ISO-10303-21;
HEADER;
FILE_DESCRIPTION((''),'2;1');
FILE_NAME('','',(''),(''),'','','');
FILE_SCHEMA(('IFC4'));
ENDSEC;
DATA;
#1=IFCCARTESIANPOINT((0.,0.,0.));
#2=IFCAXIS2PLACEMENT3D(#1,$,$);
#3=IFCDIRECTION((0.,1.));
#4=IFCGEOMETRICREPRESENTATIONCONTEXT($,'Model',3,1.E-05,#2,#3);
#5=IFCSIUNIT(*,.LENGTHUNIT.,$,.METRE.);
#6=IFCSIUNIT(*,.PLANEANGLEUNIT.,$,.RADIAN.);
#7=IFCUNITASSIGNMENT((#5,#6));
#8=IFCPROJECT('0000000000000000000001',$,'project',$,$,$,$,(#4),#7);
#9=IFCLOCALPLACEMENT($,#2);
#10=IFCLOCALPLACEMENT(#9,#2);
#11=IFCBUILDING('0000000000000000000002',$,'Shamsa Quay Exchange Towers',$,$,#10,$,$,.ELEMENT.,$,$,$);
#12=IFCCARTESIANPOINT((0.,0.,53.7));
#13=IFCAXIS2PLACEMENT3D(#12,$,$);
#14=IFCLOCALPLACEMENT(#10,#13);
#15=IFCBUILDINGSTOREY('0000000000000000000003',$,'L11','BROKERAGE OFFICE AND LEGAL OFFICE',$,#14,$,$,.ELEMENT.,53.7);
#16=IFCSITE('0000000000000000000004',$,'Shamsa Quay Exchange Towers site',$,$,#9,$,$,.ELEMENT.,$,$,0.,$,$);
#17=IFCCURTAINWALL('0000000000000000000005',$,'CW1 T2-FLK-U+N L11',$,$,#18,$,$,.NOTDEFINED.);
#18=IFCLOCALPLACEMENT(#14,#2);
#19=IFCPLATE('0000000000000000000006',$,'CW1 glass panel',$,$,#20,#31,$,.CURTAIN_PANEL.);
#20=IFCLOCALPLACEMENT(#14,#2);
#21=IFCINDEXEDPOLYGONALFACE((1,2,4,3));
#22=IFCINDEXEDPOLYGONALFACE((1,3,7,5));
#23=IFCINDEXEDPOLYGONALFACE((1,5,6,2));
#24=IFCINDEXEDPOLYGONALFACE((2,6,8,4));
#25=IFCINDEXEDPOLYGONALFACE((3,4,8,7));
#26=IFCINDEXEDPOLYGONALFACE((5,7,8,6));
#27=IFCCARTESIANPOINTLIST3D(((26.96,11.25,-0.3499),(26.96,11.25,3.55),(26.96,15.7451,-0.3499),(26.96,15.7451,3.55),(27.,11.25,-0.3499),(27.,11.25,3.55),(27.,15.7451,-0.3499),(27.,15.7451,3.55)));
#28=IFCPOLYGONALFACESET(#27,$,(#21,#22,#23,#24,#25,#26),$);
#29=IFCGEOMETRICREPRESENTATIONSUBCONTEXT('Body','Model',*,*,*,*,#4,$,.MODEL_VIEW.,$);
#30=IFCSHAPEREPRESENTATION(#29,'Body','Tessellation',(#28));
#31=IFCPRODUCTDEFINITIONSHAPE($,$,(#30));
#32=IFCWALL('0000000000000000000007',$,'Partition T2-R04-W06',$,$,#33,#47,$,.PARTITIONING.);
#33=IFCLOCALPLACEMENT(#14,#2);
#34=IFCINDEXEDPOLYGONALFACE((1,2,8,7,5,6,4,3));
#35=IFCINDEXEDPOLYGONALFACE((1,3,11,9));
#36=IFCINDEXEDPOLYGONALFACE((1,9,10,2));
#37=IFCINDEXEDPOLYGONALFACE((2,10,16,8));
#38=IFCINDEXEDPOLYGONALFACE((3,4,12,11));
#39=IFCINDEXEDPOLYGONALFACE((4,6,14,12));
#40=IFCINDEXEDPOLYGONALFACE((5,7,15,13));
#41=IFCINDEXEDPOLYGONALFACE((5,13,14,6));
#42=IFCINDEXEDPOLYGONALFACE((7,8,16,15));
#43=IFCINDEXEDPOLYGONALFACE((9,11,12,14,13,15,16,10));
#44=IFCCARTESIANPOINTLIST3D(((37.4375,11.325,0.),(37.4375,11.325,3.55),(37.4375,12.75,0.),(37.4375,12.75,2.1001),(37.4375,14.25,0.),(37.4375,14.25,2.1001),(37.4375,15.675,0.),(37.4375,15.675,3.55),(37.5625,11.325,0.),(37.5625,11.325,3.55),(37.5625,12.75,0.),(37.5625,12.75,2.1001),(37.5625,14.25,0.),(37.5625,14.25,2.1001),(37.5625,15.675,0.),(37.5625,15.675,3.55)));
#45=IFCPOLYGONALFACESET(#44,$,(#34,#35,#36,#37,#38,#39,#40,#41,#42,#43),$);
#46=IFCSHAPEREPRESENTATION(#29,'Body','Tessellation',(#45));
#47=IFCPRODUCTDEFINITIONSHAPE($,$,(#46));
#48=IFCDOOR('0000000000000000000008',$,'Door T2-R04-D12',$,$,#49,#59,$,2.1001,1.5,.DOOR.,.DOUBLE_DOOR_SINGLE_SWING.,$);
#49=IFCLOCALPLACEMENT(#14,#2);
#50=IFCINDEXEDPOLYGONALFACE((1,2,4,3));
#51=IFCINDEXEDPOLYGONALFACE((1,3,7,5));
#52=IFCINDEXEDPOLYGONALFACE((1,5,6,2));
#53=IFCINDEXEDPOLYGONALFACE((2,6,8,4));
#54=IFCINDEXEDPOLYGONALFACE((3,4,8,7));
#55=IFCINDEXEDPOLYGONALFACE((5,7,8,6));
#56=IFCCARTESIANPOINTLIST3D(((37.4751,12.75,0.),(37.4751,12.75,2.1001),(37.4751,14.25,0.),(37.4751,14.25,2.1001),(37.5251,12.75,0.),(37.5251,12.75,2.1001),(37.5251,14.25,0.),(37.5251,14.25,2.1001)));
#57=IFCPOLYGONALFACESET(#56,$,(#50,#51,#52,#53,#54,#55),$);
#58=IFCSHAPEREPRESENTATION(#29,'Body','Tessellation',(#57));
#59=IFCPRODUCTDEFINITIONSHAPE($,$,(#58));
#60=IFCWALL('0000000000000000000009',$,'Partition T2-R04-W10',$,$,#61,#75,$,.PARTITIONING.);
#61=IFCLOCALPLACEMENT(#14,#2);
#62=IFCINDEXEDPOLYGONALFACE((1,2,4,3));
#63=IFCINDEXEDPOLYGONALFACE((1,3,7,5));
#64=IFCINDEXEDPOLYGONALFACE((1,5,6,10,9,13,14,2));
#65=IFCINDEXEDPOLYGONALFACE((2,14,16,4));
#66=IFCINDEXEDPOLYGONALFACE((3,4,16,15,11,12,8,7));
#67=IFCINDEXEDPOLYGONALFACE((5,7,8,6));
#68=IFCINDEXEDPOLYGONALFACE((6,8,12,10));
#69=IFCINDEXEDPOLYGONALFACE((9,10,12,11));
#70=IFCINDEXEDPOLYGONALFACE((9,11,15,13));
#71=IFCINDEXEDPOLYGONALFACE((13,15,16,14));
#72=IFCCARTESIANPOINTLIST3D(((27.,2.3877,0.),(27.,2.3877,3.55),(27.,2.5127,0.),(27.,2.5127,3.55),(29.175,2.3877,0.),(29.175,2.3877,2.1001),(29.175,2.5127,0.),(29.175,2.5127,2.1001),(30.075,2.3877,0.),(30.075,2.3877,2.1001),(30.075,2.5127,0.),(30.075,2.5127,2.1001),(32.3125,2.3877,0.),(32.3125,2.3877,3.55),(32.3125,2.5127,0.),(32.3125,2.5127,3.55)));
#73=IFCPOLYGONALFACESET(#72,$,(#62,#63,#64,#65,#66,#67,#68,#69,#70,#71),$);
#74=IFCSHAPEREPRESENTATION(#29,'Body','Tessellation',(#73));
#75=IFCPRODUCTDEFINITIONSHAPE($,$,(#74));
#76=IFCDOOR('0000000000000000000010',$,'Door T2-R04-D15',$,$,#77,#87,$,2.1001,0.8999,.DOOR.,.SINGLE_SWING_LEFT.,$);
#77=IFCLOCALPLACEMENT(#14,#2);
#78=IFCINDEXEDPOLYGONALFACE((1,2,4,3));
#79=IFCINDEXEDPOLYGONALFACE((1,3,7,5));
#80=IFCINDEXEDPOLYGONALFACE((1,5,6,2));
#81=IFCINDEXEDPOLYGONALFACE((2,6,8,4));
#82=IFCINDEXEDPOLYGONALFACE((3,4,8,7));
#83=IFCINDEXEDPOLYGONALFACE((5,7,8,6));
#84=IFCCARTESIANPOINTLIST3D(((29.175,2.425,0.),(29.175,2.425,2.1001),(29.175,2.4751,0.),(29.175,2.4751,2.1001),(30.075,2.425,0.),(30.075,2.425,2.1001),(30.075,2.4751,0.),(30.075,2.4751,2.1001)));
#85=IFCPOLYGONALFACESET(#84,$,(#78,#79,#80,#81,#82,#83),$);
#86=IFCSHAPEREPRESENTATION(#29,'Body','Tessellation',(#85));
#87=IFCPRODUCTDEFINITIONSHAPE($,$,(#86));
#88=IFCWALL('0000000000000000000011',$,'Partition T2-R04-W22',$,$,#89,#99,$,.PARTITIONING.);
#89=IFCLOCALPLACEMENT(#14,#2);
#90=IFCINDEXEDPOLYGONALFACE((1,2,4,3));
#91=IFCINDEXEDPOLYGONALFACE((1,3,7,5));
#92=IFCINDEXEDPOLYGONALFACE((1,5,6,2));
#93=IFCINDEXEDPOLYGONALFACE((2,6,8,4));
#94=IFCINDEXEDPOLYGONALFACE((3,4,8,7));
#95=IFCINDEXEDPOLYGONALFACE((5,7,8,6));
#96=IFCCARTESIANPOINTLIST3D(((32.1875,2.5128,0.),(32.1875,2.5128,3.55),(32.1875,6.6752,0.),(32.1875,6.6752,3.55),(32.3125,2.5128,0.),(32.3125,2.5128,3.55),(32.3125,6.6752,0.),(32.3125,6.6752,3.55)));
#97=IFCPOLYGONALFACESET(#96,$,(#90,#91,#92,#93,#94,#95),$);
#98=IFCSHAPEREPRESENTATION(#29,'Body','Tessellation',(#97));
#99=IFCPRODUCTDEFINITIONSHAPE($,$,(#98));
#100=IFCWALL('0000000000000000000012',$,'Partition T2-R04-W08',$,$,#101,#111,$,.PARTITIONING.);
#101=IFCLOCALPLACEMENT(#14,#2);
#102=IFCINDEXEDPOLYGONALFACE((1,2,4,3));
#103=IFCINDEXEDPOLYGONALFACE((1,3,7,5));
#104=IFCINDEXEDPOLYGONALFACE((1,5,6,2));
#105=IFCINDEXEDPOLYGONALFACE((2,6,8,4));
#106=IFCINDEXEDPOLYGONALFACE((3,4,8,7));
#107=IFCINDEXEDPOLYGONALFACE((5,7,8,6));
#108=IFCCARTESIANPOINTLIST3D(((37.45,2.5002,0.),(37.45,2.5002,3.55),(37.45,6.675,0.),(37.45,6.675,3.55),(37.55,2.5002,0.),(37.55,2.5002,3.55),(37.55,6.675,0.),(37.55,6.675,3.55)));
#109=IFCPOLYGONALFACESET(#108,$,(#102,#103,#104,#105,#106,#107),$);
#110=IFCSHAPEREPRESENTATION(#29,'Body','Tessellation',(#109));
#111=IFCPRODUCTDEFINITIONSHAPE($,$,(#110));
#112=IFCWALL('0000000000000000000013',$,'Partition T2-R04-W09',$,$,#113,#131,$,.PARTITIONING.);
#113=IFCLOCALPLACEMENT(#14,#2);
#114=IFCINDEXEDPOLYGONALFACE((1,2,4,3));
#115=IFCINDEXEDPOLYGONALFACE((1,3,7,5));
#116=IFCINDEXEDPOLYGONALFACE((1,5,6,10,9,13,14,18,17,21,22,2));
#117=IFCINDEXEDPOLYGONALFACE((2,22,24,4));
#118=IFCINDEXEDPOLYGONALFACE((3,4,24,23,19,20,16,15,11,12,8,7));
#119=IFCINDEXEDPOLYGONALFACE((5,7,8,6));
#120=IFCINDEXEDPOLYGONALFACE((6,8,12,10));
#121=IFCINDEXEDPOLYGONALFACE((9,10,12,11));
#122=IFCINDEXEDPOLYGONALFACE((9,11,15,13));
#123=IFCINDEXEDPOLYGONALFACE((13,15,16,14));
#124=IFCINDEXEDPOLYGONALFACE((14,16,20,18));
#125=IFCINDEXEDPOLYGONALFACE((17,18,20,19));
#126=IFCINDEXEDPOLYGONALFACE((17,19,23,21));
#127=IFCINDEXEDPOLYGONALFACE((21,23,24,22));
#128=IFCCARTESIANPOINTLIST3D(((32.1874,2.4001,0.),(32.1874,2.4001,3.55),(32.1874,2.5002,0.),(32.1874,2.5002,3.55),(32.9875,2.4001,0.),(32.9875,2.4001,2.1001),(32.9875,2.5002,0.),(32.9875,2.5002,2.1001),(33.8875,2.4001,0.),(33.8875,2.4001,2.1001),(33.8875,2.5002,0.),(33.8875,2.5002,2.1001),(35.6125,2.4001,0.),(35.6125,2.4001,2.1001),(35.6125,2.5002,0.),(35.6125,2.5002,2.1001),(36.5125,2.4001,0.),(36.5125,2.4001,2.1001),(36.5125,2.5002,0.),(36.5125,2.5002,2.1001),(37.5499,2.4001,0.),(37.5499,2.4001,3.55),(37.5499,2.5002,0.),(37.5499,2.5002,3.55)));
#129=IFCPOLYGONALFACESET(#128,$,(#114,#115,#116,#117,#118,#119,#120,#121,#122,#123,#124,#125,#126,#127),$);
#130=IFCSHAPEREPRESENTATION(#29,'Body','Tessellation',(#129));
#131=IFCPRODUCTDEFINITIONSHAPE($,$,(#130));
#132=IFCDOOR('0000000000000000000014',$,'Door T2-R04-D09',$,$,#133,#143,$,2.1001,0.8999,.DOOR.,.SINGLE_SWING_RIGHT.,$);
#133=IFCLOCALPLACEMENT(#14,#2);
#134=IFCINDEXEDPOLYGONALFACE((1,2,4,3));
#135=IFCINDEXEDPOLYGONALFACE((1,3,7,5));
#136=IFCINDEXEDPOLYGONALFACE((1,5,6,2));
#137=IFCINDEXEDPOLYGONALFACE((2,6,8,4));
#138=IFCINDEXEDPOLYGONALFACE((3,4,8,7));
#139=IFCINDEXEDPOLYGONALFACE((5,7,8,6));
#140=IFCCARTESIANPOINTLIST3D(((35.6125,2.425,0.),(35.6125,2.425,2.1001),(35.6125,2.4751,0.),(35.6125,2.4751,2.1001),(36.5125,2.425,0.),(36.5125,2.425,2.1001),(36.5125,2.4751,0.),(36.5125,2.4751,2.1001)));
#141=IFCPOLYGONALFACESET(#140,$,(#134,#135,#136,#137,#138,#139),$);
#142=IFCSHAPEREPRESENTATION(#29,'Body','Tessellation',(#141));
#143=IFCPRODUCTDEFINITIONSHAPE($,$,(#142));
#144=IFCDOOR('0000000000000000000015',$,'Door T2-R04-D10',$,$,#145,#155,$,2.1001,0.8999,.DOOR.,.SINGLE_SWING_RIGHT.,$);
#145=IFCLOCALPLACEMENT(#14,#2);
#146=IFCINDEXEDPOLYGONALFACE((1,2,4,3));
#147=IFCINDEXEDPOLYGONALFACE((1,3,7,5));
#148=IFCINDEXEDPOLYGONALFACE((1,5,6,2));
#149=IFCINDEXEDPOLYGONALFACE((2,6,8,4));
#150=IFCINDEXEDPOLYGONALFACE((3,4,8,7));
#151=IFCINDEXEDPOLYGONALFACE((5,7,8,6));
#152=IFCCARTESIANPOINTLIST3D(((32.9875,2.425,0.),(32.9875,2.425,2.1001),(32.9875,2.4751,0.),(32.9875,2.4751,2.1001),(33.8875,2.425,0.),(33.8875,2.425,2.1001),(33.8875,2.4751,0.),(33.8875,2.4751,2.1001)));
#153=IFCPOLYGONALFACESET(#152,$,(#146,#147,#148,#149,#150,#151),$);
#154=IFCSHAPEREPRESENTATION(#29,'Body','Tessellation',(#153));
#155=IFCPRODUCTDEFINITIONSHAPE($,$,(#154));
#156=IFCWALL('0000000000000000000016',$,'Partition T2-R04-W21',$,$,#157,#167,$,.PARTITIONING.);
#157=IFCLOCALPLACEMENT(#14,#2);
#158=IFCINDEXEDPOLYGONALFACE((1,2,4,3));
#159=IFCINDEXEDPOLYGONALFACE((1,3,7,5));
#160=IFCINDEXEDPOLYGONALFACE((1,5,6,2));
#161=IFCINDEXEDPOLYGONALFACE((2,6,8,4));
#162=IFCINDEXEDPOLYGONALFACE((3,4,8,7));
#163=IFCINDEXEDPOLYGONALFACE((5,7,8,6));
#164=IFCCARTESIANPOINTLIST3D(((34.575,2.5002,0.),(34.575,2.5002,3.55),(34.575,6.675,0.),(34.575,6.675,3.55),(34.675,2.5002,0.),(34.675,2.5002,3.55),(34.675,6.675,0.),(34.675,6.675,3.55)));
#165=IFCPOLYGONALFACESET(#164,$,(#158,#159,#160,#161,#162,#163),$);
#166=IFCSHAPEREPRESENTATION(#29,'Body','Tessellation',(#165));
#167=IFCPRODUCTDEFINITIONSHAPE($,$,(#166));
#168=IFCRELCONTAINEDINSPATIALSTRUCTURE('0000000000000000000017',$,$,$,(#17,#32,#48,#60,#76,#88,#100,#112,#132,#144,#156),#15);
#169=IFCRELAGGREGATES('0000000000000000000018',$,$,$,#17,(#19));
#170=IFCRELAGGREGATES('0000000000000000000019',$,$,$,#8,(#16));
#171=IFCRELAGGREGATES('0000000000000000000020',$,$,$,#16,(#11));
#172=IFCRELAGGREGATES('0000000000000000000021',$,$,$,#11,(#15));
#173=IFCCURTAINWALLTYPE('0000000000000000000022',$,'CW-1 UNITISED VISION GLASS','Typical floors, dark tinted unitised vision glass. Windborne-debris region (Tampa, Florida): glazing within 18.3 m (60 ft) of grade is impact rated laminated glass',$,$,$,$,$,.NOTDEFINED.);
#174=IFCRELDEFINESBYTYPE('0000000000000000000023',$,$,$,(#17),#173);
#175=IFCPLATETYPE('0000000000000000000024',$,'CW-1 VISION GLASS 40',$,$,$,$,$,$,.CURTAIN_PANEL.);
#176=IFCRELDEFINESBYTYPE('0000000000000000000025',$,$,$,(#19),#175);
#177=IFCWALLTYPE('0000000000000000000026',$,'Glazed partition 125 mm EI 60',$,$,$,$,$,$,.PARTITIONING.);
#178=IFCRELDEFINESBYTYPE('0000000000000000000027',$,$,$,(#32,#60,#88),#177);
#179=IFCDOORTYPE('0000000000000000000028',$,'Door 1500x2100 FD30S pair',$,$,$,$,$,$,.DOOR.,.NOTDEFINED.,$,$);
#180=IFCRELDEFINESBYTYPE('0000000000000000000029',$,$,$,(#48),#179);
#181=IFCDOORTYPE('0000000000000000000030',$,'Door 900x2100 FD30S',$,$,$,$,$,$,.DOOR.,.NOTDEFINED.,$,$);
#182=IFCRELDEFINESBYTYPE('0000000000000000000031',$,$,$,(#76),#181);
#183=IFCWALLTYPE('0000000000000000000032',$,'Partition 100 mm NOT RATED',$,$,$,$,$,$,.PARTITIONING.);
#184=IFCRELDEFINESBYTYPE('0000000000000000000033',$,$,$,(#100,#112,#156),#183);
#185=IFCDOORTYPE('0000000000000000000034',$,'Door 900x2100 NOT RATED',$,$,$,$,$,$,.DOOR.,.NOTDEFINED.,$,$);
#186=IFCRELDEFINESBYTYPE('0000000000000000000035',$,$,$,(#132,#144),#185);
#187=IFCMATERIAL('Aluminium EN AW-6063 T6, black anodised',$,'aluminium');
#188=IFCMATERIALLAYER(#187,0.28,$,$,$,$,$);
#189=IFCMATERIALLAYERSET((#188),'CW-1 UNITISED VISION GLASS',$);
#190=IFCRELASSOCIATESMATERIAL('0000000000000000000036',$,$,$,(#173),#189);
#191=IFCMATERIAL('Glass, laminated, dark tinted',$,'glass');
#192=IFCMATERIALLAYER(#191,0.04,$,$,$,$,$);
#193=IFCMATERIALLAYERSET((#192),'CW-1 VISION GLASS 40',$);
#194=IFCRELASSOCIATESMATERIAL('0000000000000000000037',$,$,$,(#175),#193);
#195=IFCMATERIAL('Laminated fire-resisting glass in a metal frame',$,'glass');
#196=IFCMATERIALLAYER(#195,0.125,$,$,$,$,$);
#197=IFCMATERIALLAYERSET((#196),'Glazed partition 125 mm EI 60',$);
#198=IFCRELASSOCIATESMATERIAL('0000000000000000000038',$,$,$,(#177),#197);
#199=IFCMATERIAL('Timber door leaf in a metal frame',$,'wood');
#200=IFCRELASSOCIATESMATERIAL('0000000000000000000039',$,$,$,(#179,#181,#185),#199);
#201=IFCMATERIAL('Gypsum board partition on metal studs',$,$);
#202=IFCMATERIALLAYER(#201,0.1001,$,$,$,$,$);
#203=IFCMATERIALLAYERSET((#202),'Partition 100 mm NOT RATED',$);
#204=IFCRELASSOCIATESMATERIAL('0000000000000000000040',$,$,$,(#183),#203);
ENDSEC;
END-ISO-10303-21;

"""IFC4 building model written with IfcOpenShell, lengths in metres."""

from ifc_helpers import new_model, si_unit, direction, frame, frame_2d, origin, origin_2d, place, context, subcontext, project, spatial, rectangle, extrude, material, layer, layer_set, type_object, element, fill, aggregate, save


model = new_model("IFC4")

# Units and contexts
model_context = context("Model", 3, precision=1e-05, world=origin(), true_north=direction((0.0, 1.0)))
body_context = subcontext(model_context, "Body", "Model", "MODEL_VIEW")
ifc_project = project(units=[si_unit("LENGTHUNIT", "METRE"), si_unit("PLANEANGLEUNIT", "RADIAN")], contexts=[model_context])

# Site, building, storey
site_placement = place(None, origin())
site = spatial("IfcSite", under=ifc_project, at=site_placement, Name="Shamsa Quay Exchange Towers site", CompositionType="ELEMENT", RefElevation=0.0)
building_placement = place(site_placement, origin())
building = spatial("IfcBuilding", under=site, at=building_placement, Name="Shamsa Quay Exchange Towers", CompositionType="ELEMENT")
storey_placement = place(building_placement, frame((0.0, 0.0, 53.7)))
storey = spatial("IfcBuildingStorey", under=building, at=storey_placement, Name="L11", Description="BROKERAGE OFFICE AND LEGAL OFFICE", CompositionType="ELEMENT", Elevation=53.7)

# Curtain wall
ifc_material_1 = material(Name="Aluminium EN AW-6063 T6, black anodised", Category="aluminium")
ifc_layer_1 = layer(ifc_material_1, 0.28)
ifc_layer_set_1 = layer_set([ifc_layer_1], Name="CW-1 UNITISED VISION GLASS")
curtain_wall_type = type_object("IfcCurtainWallType", Name="CW-1 UNITISED VISION GLASS", Description="Typical floors, dark tinted unitised vision glass. Windborne-debris region (Tampa, Florida): glazing within 18.3 m (60 ft) of grade is impact rated laminated glass", PredefinedType="NOTDEFINED", material=ifc_layer_set_1)
curtain_wall_1_placement = place(storey_placement, origin())
curtain_wall_1 = element("IfcCurtainWall", 1, at=curtain_wall_1_placement, inside=storey, type_object=curtain_wall_type, Name="CW1 T2-FLK-U+N L11", PredefinedType="NOTDEFINED")

# Plate
ifc_material_2 = material(Name="Glass, laminated, dark tinted", Category="glass")
ifc_layer_2 = layer(ifc_material_2, 0.04)
ifc_layer_set_2 = layer_set([ifc_layer_2], Name="CW-1 VISION GLASS 40")
plate_type = type_object("IfcPlateType", Name="CW-1 VISION GLASS 40", PredefinedType="CURTAIN_PANEL", material=ifc_layer_set_2)
plate_1_placement = place(storey_placement, frame((26.98, 13.4976, -0.3499), z_axis=(0.0, 0.0, 1.0), x_axis=(0.0, -1.0, 0.0)))
plate_1 = element("IfcPlate", 2, at=plate_1_placement, type_object=plate_type, Name="CW1 glass panel", PredefinedType="CURTAIN_PANEL", context=body_context, shape_type="SweptSolid", body=[
    extrude(rectangle(XDim=4.4951, YDim=0.04, at=origin_2d()), origin(), (0.0, 0.0, 1.0), 3.8999),
])
aggregate(curtain_wall_1, [plate_1])

# Walls, openings, doors
ifc_material_3 = material(Name="Laminated fire-resisting glass in a metal frame", Category="glass")
ifc_layer_3 = layer(ifc_material_3, 0.125)
ifc_layer_set_3 = layer_set([ifc_layer_3], Name="Glazed partition 125 mm EI 60")
wall_type_1 = type_object("IfcWallType", Name="Glazed partition 125 mm EI 60", PredefinedType="PARTITIONING", material=ifc_layer_set_3)
wall_1_placement = place(storey_placement, frame((37.5, 11.325, 0.0), z_axis=(0.0, 0.0, 1.0), x_axis=(0.0, 1.0, 0.0)))
wall_1 = element("IfcWall", 3, at=wall_1_placement, inside=storey, type_object=wall_type_1, Name="Partition T2-R04-W06", PredefinedType="PARTITIONING", context=body_context, shape_type="SweptSolid", body=[
    extrude(rectangle(XDim=4.3501, YDim=0.125, at=frame_2d((2.175, 0.0))), origin(), (0.0, 0.0, 1.0), 3.55),
])
opening_1_placement = place(wall_1_placement, frame((1.425, 0.0, 0.0)))
opening_1 = element("IfcOpeningElement", 4, at=opening_1_placement, cuts=wall_1, PredefinedType="OPENING", context=body_context, shape_type="SweptSolid", body=[
    extrude(rectangle(XDim=1.5, YDim=2.1001, at=frame_2d((0.75, 1.05))), frame((0.0, 0.0725, 0.0), z_axis=(0.0, -1.0, 0.0), x_axis=(1.0, 0.0, 0.0)), (0.0, 0.0, 1.0), 0.145),
])
ifc_material_4 = material(Name="Timber door leaf in a metal frame", Category="wood")
door_type_1 = type_object("IfcDoorType", Name="Door 1500x2100 FD30S pair", OperationType="NOTDEFINED", PredefinedType="DOOR", material=ifc_material_4)
door_1_placement = place(opening_1_placement, origin())
door_1 = element("IfcDoor", 5, at=door_1_placement, inside=storey, type_object=door_type_1, Name="Door T2-R04-D12", OperationType="DOUBLE_DOOR_SINGLE_SWING", OverallHeight=2.1001, OverallWidth=1.5, PredefinedType="DOOR", context=body_context, shape_type="SweptSolid", body=[
    extrude(rectangle(XDim=1.5, YDim=2.1001, at=frame_2d((0.75, 1.05))), frame((0.0, 0.0249, 0.0), z_axis=(0.0, -1.0, 0.0), x_axis=(1.0, 0.0, 0.0)), (0.0, 0.0, 1.0), 0.05),
])
fill(opening_1, door_1)
wall_2_placement = place(storey_placement, frame((27.0, 2.4502, 0.0)))
wall_2 = element("IfcWall", 6, at=wall_2_placement, inside=storey, type_object=wall_type_1, Name="Partition T2-R04-W10", PredefinedType="PARTITIONING", context=body_context, shape_type="SweptSolid", body=[
    extrude(rectangle(XDim=5.3125, YDim=0.125, at=frame_2d((2.6562, 0.0))), origin(), (0.0, 0.0, 1.0), 3.55),
])
opening_2_placement = place(wall_2_placement, frame((2.175, 0.0, 0.0)))
opening_2 = element("IfcOpeningElement", 7, at=opening_2_placement, cuts=wall_2, PredefinedType="OPENING", context=body_context, shape_type="SweptSolid", body=[
    extrude(rectangle(XDim=0.8999, YDim=2.1001, at=frame_2d((0.45, 1.05))), frame((0.0, 0.0725, 0.0), z_axis=(0.0, -1.0, 0.0), x_axis=(1.0, 0.0, 0.0)), (0.0, 0.0, 1.0), 0.145),
])
door_type_2 = type_object("IfcDoorType", Name="Door 900x2100 FD30S", OperationType="NOTDEFINED", PredefinedType="DOOR", material=ifc_material_4)
door_2_placement = place(opening_2_placement, origin())
door_2 = element("IfcDoor", 8, at=door_2_placement, inside=storey, type_object=door_type_2, Name="Door T2-R04-D15", OperationType="SINGLE_SWING_LEFT", OverallHeight=2.1001, OverallWidth=0.8999, PredefinedType="DOOR", context=body_context, shape_type="SweptSolid", body=[
    extrude(rectangle(XDim=0.8999, YDim=2.1001, at=frame_2d((0.45, 1.05))), frame((0.0, 0.0249, 0.0), z_axis=(0.0, -1.0, 0.0), x_axis=(1.0, 0.0, 0.0)), (0.0, 0.0, 1.0), 0.05),
])
fill(opening_2, door_2)

# Walls
wall_3_placement = place(storey_placement, frame((32.25, 6.675, 0.0), z_axis=(0.0, 0.0, 1.0), x_axis=(0.0, -1.0, 0.0)))
element("IfcWall", 9, at=wall_3_placement, inside=storey, type_object=wall_type_1, Name="Partition T2-R04-W22", PredefinedType="PARTITIONING", context=body_context, shape_type="SweptSolid", body=[
    extrude(rectangle(XDim=4.1624, YDim=0.125, at=frame_2d((2.0811, 0.0))), origin(), (0.0, 0.0, 1.0), 3.55),
])
ifc_material_5 = material(Name="Gypsum board partition on metal studs")
ifc_layer_4 = layer(ifc_material_5, 0.1001)
ifc_layer_set_4 = layer_set([ifc_layer_4], Name="Partition 100 mm NOT RATED")
wall_type_2 = type_object("IfcWallType", Name="Partition 100 mm NOT RATED", PredefinedType="PARTITIONING", material=ifc_layer_set_4)
wall_4_placement = place(storey_placement, frame((37.5, 2.5002, 0.0), z_axis=(0.0, 0.0, 1.0), x_axis=(0.0, 1.0, 0.0)))
element("IfcWall", 10, at=wall_4_placement, inside=storey, type_object=wall_type_2, Name="Partition T2-R04-W08", PredefinedType="PARTITIONING", context=body_context, shape_type="SweptSolid", body=[
    extrude(rectangle(XDim=4.1748, YDim=0.1001, at=frame_2d((2.0874, 0.0))), origin(), (0.0, 0.0, 1.0), 3.55),
])

# Wall, openings, doors
wall_5_placement = place(storey_placement, frame((32.1875, 2.4502, 0.0)))
wall_5 = element("IfcWall", 11, at=wall_5_placement, inside=storey, type_object=wall_type_2, Name="Partition T2-R04-W09", PredefinedType="PARTITIONING", context=body_context, shape_type="SweptSolid", body=[
    extrude(rectangle(XDim=5.3625, YDim=0.1001, at=frame_2d((2.6812, 0.0))), origin(), (0.0, 0.0, 1.0), 3.55),
])
opening_3_placement = place(wall_5_placement, frame((3.425, 0.0, 0.0)))
opening_3 = element("IfcOpeningElement", 12, at=opening_3_placement, cuts=wall_5, PredefinedType="OPENING", context=body_context, shape_type="SweptSolid", body=[
    extrude(rectangle(XDim=0.8999, YDim=2.1001, at=frame_2d((0.45, 1.05))), frame((0.0, 0.0601, 0.0), z_axis=(0.0, -1.0, 0.0), x_axis=(1.0, 0.0, 0.0)), (0.0, 0.0, 1.0), 0.1201),
])
opening_4_placement = place(wall_5_placement, frame((0.8, 0.0, 0.0)))
opening_4 = element("IfcOpeningElement", 13, at=opening_4_placement, cuts=wall_5, PredefinedType="OPENING", context=body_context, shape_type="SweptSolid", body=[
    extrude(rectangle(XDim=0.8999, YDim=2.1001, at=frame_2d((0.45, 1.05))), frame((0.0, 0.0601, 0.0), z_axis=(0.0, -1.0, 0.0), x_axis=(1.0, 0.0, 0.0)), (0.0, 0.0, 1.0), 0.1201),
])
door_type_3 = type_object("IfcDoorType", Name="Door 900x2100 NOT RATED", OperationType="NOTDEFINED", PredefinedType="DOOR", material=ifc_material_4)
door_3_placement = place(opening_3_placement, origin())
door_3 = element("IfcDoor", 14, at=door_3_placement, inside=storey, type_object=door_type_3, Name="Door T2-R04-D09", OperationType="SINGLE_SWING_RIGHT", OverallHeight=2.1001, OverallWidth=0.8999, PredefinedType="DOOR", context=body_context, shape_type="SweptSolid", body=[
    extrude(rectangle(XDim=0.8999, YDim=2.1001, at=frame_2d((0.45, 1.05))), frame((0.0, 0.0249, 0.0), z_axis=(0.0, -1.0, 0.0), x_axis=(1.0, 0.0, 0.0)), (0.0, 0.0, 1.0), 0.05),
])
fill(opening_3, door_3)
door_4_placement = place(opening_4_placement, origin())
door_4 = element("IfcDoor", 15, at=door_4_placement, inside=storey, type_object=door_type_3, Name="Door T2-R04-D10", OperationType="SINGLE_SWING_RIGHT", OverallHeight=2.1001, OverallWidth=0.8999, PredefinedType="DOOR", context=body_context, shape_type="SweptSolid", body=[
    extrude(rectangle(XDim=0.8999, YDim=2.1001, at=frame_2d((0.45, 1.05))), frame((0.0, 0.0249, 0.0), z_axis=(0.0, -1.0, 0.0), x_axis=(1.0, 0.0, 0.0)), (0.0, 0.0, 1.0), 0.05),
])
fill(opening_4, door_4)

# Wall
wall_6_placement = place(storey_placement, frame((34.625, 6.675, 0.0), z_axis=(0.0, 0.0, 1.0), x_axis=(0.0, -1.0, 0.0)))
element("IfcWall", 16, at=wall_6_placement, inside=storey, type_object=wall_type_2, Name="Partition T2-R04-W21", PredefinedType="PARTITIONING", context=body_context, shape_type="SweptSolid", body=[
    extrude(rectangle(XDim=4.1748, YDim=0.1001, at=frame_2d((2.0874, 0.0))), origin(), (0.0, 0.0, 1.0), 3.55),
])

save(model, "model.ifc")
